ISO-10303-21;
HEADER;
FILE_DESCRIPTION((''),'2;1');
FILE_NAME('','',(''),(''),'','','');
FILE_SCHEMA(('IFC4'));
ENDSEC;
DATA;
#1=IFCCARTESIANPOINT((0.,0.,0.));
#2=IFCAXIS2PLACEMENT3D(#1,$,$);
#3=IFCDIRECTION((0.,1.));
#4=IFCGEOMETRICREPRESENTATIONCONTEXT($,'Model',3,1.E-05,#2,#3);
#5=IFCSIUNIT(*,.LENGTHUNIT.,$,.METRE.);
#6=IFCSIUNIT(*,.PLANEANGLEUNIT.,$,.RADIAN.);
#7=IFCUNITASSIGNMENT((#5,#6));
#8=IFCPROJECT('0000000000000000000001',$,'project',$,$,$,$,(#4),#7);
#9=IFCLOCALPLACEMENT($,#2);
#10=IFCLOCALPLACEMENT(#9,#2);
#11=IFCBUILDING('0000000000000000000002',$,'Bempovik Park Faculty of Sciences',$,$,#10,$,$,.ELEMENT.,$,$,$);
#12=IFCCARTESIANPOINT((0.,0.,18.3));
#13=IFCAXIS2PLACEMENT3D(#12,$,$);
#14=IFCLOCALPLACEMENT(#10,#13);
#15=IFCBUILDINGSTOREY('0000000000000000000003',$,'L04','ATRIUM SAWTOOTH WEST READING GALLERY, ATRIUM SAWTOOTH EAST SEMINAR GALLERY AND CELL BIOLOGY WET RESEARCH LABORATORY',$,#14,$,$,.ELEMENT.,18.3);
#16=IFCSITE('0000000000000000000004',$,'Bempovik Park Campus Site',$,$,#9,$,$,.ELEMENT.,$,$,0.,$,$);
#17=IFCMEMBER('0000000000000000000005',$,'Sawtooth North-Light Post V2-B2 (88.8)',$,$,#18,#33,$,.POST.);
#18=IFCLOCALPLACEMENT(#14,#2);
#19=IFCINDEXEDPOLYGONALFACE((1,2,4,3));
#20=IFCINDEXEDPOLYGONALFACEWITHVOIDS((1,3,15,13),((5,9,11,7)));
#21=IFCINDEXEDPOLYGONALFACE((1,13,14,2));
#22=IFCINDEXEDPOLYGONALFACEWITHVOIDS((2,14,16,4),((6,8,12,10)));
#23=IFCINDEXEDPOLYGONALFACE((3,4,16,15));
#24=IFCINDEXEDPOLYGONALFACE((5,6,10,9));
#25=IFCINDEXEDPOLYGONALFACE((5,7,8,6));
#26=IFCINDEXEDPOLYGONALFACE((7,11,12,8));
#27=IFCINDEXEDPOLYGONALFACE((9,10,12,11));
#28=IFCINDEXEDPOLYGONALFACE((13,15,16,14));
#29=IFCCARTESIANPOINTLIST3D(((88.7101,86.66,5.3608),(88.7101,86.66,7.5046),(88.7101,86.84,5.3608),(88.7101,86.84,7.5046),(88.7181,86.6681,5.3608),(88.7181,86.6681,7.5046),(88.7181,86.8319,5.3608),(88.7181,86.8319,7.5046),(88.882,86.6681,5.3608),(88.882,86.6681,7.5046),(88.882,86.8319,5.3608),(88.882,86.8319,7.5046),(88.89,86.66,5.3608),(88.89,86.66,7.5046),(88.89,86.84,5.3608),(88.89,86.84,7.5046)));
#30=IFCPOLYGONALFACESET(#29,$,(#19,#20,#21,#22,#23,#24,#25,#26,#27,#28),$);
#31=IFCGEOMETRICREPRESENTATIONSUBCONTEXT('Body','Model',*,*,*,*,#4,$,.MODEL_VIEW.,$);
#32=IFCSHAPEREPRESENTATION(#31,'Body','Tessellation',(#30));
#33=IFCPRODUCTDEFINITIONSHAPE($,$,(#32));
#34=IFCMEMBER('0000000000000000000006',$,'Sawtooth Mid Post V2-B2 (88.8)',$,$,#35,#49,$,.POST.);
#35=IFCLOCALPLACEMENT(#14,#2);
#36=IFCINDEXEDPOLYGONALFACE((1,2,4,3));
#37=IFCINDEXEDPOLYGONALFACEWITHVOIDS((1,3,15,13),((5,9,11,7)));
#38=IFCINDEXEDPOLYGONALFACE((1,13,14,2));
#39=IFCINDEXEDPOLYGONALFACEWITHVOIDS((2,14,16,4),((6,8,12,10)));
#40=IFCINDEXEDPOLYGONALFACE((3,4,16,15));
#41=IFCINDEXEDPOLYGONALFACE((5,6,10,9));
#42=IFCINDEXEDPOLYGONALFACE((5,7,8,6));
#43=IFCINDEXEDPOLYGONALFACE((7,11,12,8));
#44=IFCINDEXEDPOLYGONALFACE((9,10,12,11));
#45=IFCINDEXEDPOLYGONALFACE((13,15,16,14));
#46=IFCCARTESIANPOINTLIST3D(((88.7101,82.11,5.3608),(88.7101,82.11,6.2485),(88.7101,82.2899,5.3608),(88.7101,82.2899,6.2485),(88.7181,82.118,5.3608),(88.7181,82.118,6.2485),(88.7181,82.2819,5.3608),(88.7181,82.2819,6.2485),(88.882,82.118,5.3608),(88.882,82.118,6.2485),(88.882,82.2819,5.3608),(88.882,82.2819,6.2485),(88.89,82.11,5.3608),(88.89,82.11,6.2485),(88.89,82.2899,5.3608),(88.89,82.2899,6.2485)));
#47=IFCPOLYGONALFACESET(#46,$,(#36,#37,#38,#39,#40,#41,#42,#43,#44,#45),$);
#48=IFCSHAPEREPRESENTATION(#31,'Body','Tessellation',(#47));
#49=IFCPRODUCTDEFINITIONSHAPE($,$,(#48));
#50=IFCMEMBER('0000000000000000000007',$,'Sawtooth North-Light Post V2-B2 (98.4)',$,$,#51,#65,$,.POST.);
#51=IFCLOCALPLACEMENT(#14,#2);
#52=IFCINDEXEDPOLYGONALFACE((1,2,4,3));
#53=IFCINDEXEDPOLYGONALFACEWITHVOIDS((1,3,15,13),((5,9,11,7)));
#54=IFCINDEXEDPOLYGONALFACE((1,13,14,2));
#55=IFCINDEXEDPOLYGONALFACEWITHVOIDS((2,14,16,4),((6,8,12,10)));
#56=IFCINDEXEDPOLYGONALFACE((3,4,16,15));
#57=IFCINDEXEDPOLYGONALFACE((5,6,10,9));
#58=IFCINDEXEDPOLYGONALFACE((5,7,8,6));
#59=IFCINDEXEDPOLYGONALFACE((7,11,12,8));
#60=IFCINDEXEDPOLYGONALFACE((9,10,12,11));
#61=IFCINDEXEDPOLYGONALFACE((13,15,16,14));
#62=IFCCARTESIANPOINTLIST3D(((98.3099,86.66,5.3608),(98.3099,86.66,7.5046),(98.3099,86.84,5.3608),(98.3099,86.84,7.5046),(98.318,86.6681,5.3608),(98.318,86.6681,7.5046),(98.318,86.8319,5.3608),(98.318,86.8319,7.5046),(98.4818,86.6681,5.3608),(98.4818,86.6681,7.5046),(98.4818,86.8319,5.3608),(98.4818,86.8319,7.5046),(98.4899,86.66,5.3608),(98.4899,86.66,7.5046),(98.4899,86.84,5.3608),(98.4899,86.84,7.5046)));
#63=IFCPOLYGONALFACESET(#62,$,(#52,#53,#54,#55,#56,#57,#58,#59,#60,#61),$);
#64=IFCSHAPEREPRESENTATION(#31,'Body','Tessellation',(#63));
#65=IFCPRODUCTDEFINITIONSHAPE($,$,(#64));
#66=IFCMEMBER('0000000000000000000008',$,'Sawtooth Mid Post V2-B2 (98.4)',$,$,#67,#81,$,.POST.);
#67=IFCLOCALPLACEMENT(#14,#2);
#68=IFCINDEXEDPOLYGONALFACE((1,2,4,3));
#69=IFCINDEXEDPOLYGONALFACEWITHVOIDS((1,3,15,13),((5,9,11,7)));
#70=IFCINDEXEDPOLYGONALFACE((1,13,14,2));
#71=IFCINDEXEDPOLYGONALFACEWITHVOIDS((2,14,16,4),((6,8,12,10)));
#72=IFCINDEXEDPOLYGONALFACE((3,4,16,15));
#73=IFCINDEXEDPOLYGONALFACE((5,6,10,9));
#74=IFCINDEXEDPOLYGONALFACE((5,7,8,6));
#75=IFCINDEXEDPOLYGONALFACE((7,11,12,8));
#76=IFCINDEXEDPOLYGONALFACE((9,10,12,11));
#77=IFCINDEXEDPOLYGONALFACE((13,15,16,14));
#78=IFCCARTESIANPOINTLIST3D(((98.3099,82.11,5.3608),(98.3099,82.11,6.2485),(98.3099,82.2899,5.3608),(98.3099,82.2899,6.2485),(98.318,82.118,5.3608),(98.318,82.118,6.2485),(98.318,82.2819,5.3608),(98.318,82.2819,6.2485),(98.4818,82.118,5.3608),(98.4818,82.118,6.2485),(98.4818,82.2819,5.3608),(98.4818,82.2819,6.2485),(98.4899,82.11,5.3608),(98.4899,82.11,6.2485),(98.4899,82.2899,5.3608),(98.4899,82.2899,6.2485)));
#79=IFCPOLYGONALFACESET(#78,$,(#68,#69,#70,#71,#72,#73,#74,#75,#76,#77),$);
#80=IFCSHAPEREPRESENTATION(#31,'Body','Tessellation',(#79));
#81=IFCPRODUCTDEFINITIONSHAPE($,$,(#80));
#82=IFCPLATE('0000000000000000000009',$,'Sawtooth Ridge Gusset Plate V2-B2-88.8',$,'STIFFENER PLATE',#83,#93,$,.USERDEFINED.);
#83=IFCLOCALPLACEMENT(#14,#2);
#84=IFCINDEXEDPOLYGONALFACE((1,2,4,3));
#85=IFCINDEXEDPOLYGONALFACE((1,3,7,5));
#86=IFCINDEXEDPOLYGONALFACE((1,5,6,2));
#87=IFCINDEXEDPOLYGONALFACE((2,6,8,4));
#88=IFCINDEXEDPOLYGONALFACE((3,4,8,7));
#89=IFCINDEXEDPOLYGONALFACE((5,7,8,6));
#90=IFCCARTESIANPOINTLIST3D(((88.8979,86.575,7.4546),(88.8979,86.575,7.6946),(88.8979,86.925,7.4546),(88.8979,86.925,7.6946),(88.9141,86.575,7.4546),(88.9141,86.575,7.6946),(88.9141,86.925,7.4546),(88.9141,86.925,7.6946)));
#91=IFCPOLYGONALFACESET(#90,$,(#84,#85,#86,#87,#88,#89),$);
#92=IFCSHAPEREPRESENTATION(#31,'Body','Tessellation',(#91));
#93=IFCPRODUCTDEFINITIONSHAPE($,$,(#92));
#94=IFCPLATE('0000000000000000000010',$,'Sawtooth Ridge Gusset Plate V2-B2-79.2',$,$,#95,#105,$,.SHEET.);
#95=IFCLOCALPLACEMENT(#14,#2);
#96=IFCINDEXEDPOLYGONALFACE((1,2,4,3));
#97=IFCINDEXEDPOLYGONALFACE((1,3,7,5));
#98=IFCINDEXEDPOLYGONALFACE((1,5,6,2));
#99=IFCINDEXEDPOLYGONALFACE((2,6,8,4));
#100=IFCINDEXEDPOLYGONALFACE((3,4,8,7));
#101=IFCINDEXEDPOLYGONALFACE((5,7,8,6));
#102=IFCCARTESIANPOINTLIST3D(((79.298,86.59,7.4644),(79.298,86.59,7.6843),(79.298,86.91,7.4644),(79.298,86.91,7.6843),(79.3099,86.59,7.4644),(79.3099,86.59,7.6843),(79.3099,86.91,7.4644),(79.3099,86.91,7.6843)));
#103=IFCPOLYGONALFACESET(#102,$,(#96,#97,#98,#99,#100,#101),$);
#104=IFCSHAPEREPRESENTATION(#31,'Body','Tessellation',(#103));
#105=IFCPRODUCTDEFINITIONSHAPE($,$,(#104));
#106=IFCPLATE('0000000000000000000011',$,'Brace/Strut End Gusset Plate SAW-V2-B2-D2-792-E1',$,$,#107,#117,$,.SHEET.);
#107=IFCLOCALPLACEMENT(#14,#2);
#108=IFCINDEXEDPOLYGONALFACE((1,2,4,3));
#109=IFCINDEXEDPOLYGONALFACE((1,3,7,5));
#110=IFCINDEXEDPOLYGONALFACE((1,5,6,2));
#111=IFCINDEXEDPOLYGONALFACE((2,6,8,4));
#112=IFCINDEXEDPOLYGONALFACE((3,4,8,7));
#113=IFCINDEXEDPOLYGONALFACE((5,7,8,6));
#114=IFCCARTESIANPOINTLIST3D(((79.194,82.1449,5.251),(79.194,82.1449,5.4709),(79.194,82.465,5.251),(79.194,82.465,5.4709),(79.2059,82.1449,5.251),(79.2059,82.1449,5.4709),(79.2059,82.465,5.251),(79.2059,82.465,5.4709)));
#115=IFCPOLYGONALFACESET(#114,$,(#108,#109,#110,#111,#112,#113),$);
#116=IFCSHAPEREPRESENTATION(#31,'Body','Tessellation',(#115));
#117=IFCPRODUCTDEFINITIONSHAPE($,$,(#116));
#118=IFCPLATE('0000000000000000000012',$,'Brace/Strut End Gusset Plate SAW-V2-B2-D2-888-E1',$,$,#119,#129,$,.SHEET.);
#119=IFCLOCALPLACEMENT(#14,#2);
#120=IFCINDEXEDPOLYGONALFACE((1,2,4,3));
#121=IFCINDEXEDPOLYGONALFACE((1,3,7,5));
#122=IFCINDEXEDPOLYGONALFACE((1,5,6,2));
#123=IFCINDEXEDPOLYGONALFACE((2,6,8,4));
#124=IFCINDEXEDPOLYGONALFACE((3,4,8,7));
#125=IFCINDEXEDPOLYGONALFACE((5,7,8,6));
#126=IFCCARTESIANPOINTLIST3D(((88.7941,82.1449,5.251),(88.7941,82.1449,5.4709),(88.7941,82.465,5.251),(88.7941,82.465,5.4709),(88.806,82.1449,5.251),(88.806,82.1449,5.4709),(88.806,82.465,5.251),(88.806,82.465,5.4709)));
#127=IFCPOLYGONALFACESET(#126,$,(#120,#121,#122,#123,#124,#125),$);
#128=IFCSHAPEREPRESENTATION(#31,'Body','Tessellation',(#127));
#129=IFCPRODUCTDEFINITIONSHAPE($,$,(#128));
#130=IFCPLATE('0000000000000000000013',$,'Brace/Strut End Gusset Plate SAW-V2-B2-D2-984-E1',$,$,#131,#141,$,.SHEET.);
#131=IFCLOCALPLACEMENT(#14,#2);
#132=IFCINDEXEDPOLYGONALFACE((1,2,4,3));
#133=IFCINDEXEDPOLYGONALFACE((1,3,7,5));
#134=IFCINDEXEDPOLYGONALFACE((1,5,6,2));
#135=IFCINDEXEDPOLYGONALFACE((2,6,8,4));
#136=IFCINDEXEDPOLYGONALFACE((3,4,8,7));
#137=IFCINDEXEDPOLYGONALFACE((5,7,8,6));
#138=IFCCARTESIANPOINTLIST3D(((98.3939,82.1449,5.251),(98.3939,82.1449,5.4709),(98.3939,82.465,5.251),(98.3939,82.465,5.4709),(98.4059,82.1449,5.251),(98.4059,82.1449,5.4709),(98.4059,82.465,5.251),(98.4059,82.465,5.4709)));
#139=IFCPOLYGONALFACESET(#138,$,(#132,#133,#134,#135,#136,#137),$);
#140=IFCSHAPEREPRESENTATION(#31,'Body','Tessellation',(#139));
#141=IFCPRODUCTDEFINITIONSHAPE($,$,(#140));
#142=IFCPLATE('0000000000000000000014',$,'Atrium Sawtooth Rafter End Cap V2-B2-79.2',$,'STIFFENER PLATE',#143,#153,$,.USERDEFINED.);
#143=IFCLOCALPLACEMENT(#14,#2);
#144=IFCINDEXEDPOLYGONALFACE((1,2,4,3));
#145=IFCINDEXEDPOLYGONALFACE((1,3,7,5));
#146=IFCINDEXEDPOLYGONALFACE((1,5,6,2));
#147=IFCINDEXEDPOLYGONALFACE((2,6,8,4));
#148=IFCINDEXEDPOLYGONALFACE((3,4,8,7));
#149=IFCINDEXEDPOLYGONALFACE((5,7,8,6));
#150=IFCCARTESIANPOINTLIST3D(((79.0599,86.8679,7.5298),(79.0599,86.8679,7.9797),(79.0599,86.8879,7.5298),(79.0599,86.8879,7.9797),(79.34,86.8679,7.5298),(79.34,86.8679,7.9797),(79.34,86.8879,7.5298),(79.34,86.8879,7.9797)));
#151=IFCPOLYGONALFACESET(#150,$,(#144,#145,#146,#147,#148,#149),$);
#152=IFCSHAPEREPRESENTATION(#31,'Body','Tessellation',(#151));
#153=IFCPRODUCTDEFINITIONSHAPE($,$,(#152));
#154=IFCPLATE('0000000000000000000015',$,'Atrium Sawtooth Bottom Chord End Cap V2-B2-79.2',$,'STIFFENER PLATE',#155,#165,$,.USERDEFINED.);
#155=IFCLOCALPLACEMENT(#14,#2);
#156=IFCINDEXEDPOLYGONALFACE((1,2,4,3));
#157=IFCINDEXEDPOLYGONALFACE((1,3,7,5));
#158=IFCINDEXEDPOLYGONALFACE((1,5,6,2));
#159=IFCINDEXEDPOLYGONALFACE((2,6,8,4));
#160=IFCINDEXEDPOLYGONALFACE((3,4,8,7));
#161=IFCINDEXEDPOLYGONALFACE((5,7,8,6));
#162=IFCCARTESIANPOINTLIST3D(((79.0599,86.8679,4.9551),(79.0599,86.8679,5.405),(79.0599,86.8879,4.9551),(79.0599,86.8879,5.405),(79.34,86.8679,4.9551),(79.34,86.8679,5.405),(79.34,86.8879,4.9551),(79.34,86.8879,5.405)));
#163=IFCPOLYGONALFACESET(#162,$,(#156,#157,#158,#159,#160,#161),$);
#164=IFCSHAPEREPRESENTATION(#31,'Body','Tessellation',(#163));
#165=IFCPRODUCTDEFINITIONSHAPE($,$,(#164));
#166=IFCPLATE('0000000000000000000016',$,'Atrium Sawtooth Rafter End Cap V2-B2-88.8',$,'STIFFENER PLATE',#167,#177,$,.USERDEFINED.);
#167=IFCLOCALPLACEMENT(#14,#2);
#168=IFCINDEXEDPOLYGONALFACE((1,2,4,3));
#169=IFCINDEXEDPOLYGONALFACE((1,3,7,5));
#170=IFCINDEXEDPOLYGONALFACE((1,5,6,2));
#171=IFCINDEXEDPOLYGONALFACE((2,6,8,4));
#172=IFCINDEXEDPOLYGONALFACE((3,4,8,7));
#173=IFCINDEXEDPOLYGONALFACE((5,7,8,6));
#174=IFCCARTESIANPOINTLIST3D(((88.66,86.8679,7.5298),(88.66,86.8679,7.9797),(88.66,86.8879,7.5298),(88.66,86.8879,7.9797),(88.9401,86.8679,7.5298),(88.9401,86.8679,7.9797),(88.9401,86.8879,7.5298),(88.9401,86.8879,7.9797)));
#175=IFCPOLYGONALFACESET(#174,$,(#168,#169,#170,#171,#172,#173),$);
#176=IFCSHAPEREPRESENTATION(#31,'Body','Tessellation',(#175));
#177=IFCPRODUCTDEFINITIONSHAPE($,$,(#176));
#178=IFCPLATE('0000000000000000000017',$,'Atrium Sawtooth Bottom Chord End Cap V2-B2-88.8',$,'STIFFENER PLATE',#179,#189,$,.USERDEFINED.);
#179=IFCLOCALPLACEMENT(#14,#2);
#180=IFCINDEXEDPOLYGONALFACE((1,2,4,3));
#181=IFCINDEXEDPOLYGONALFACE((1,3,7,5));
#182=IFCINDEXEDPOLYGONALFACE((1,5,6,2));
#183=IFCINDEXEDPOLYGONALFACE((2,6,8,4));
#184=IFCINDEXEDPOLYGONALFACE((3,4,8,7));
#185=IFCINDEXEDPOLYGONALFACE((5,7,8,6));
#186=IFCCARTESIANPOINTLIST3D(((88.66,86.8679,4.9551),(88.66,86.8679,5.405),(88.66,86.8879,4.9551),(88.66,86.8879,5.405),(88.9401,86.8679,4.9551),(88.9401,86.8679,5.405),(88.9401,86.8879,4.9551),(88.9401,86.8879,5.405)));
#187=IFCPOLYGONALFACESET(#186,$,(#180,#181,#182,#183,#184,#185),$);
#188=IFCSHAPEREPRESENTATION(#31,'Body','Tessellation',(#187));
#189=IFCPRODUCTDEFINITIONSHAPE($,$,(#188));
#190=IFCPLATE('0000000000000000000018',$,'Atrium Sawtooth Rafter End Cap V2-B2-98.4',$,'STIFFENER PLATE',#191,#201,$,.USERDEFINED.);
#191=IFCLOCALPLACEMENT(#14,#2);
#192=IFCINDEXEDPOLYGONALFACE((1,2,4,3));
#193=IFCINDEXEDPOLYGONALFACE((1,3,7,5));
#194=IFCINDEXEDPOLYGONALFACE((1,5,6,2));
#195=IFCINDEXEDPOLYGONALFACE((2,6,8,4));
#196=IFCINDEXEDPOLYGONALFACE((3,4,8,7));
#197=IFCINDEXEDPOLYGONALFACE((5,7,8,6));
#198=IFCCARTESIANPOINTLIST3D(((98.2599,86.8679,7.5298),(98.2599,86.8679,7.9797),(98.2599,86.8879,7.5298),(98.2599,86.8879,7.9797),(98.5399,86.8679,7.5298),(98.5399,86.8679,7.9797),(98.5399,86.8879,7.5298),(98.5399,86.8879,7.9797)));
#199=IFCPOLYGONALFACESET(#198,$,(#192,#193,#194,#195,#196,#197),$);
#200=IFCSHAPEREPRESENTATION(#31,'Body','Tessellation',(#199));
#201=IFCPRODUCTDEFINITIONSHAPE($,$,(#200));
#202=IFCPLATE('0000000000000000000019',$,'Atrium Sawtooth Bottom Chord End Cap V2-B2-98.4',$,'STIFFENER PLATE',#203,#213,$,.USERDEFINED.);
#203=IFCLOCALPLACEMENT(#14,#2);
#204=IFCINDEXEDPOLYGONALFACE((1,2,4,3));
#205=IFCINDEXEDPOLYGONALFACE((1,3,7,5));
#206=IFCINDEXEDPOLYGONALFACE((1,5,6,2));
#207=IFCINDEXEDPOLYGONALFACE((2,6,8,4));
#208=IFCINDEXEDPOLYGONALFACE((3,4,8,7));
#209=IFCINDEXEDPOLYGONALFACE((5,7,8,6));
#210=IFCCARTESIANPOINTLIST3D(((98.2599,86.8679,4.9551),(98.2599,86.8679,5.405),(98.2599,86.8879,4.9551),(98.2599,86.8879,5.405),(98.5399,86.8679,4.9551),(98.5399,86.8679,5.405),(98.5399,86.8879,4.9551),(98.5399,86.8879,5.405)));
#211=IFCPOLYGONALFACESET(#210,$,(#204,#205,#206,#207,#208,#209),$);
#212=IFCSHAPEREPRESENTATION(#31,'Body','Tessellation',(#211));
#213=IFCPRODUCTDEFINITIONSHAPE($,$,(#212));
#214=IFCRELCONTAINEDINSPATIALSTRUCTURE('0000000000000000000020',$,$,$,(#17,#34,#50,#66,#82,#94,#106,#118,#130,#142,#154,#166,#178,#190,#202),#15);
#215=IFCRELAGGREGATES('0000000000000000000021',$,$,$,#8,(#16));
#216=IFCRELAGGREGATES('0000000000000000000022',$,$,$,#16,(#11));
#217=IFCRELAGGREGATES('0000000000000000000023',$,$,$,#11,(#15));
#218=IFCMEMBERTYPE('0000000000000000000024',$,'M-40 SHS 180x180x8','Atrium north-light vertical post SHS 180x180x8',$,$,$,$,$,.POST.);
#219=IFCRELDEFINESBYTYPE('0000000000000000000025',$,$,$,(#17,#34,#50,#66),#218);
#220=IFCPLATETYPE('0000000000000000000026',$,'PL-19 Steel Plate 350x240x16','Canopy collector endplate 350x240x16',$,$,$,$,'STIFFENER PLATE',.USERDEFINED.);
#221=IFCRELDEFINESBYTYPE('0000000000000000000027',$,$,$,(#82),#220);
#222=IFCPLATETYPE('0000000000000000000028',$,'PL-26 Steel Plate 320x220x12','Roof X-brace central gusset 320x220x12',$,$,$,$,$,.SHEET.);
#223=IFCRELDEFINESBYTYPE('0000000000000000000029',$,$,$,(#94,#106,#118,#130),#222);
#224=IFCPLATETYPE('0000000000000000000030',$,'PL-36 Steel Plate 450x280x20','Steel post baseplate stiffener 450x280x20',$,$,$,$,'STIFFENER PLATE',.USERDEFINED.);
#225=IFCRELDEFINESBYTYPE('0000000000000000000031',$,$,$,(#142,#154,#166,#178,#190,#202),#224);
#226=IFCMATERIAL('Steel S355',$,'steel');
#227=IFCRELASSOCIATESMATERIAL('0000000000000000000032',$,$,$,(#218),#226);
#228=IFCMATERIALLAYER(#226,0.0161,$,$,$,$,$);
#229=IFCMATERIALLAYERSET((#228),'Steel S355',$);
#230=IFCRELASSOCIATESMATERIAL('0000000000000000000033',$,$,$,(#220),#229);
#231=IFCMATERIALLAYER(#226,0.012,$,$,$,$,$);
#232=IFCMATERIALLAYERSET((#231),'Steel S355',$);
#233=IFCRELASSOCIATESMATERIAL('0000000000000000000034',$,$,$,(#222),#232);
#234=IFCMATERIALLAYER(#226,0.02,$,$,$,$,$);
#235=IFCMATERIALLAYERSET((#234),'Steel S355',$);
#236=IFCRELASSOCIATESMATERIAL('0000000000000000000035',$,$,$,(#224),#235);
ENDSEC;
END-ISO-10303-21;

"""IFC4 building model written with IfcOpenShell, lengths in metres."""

from ifc_helpers import new_model, si_unit, direction, frame, origin, origin_2d, place, context, subcontext, project, spatial, rectangle, hollow_rectangle, extrude, material, layer, layer_set, material_profile, profile_set, type_object, element, save


model = new_model("IFC4")

# Units and contexts
model_context = context("Model", 3, precision=1e-05, world=origin(), true_north=direction((0.0, 1.0)))
body_context = subcontext(model_context, "Body", "Model", "MODEL_VIEW")
ifc_project = project(units=[si_unit("LENGTHUNIT", "METRE"), si_unit("PLANEANGLEUNIT", "RADIAN")], contexts=[model_context])

# Site, building, storey
site_placement = place(None, origin())
site = spatial("IfcSite", under=ifc_project, at=site_placement, Name="Bempovik Park Campus Site", CompositionType="ELEMENT", RefElevation=0.0)
building_placement = place(site_placement, origin())
building = spatial("IfcBuilding", under=site, at=building_placement, Name="Bempovik Park Faculty of Sciences", CompositionType="ELEMENT")
storey_placement = place(building_placement, frame((0.0, 0.0, 18.3)))
storey = spatial("IfcBuildingStorey", under=building, at=storey_placement, Name="L04", Description="ATRIUM SAWTOOTH WEST READING GALLERY, ATRIUM SAWTOOTH EAST SEMINAR GALLERY AND CELL BIOLOGY WET RESEARCH LABORATORY", CompositionType="ELEMENT", Elevation=18.3)

# Members
ifc_material_1 = material(Name="Steel S355", Category="steel")
ifc_material_profile_1 = material_profile(ifc_material_1, hollow_rectangle(XDim=0.1799, YDim=0.1799, WallThickness=0.0081, at=origin_2d()), Name="SHS 180x180x8")
ifc_profile_set_1 = profile_set([ifc_material_profile_1], Name="Steel S355")
member_type_1 = type_object("IfcMemberType", Name="M-40 SHS 180x180x8", Description="Atrium north-light vertical post SHS 180x180x8", PredefinedType="POST", material=ifc_profile_set_1)
member_1_placement = place(storey_placement, frame((88.8, 86.75, 5.3608), z_axis=(0.0, 0.0, 1.0), x_axis=(1.0, 0.0, 0.0)))
element("IfcMember", 1, at=member_1_placement, inside=storey, type_object=member_type_1, Name="Sawtooth North-Light Post V2-B2 (88.8)", PredefinedType="POST", context=body_context, shape_type="SweptSolid", body=[
    extrude(hollow_rectangle(XDim=0.1799, YDim=0.1799, WallThickness=0.0081, at=origin_2d()), origin(), (0.0, 0.0, 1.0), 2.1438),
])
member_2_placement = place(storey_placement, frame((88.8, 82.2, 5.3608), z_axis=(0.0, 0.0, 1.0), x_axis=(1.0, 0.0, 0.0)))
element("IfcMember", 2, at=member_2_placement, inside=storey, type_object=member_type_1, Name="Sawtooth Mid Post V2-B2 (88.8)", PredefinedType="POST", context=body_context, shape_type="SweptSolid", body=[
    extrude(hollow_rectangle(XDim=0.1799, YDim=0.1799, WallThickness=0.0081, at=origin_2d()), origin(), (0.0, 0.0, 1.0), 0.8877),
])
member_3_placement = place(storey_placement, frame((98.3999, 86.75, 5.3608), z_axis=(0.0, 0.0, 1.0), x_axis=(1.0, 0.0, 0.0)))
element("IfcMember", 3, at=member_3_placement, inside=storey, type_object=member_type_1, Name="Sawtooth North-Light Post V2-B2 (98.4)", PredefinedType="POST", context=body_context, shape_type="SweptSolid", body=[
    extrude(hollow_rectangle(XDim=0.1799, YDim=0.1799, WallThickness=0.0081, at=origin_2d()), origin(), (0.0, 0.0, 1.0), 2.1438),
])
member_4_placement = place(storey_placement, frame((98.3999, 82.2, 5.3608), z_axis=(0.0, 0.0, 1.0), x_axis=(1.0, 0.0, 0.0)))
element("IfcMember", 4, at=member_4_placement, inside=storey, type_object=member_type_1, Name="Sawtooth Mid Post V2-B2 (98.4)", PredefinedType="POST", context=body_context, shape_type="SweptSolid", body=[
    extrude(hollow_rectangle(XDim=0.1799, YDim=0.1799, WallThickness=0.0081, at=origin_2d()), origin(), (0.0, 0.0, 1.0), 0.8877),
])

# Plates
ifc_layer_1 = layer(ifc_material_1, 0.0161)
ifc_layer_set_1 = layer_set([ifc_layer_1], Name="Steel S355")
plate_type_1 = type_object("IfcPlateType", Name="PL-19 Steel Plate 350x240x16", Description="Canopy collector endplate 350x240x16", ElementType="STIFFENER PLATE", PredefinedType="USERDEFINED", material=ifc_layer_set_1)
plate_1_placement = place(storey_placement, frame((88.906, 86.75, 7.4546), z_axis=(0.0, 0.0, 1.0), x_axis=(1.0, 0.0, 0.0)))
element("IfcPlate", 5, at=plate_1_placement, inside=storey, type_object=plate_type_1, Name="Sawtooth Ridge Gusset Plate V2-B2-88.8", ObjectType="STIFFENER PLATE", PredefinedType="USERDEFINED", context=body_context, shape_type="SweptSolid", body=[
    extrude(rectangle(XDim=0.0161, YDim=0.3501, at=origin_2d()), origin(), (0.0, 0.0, 1.0), 0.24),
])
ifc_layer_2 = layer(ifc_material_1, 0.012)
ifc_layer_set_2 = layer_set([ifc_layer_2], Name="Steel S355")
plate_type_2 = type_object("IfcPlateType", Name="PL-26 Steel Plate 320x220x12", Description="Roof X-brace central gusset 320x220x12", PredefinedType="SHEET", material=ifc_layer_set_2)
for number, where, z_axis, x_axis, name in (
    (6, (79.304, 86.75, 7.4644), (0.0, 0.0, 1.0), (1.0, 0.0, 0.0), "Sawtooth Ridge Gusset Plate V2-B2-79.2"),
    (7, (79.2, 82.3049, 5.251), (0.0, 0.0, 1.0), (1.0, 0.0, 0.0), "Brace/Strut End Gusset Plate SAW-V2-B2-D2-792-E1"),
    (8, (88.8, 82.3049, 5.251), (0.0, 0.0, 1.0), (1.0, 0.0, 0.0), "Brace/Strut End Gusset Plate SAW-V2-B2-D2-888-E1"),
    (9, (98.3999, 82.3049, 5.251), (0.0, 0.0, 1.0), (1.0, 0.0, 0.0), "Brace/Strut End Gusset Plate SAW-V2-B2-D2-984-E1"),
):
    element("IfcPlate", number, at=place(storey_placement, frame(where, z_axis=z_axis, x_axis=x_axis)), inside=storey, type_object=plate_type_2, Name=name, PredefinedType="SHEET", context=body_context, shape_type="SweptSolid", body=[
        extrude(rectangle(XDim=0.012, YDim=0.3201, at=origin_2d()), origin(), (0.0, 0.0, 1.0), 0.22),
    ])
ifc_layer_3 = layer(ifc_material_1, 0.02)
ifc_layer_set_3 = layer_set([ifc_layer_3], Name="Steel S355")
plate_type_3 = type_object("IfcPlateType", Name="PL-36 Steel Plate 450x280x20", Description="Steel post baseplate stiffener 450x280x20", ElementType="STIFFENER PLATE", PredefinedType="USERDEFINED", material=ifc_layer_set_3)
for number, where, z_axis, x_axis, name in (
    (10, (79.2, 86.8779, 7.5298), (0.0, 0.0, 1.0), (1.0, 0.0, 0.0), "Atrium Sawtooth Rafter End Cap V2-B2-79.2"),
    (11, (79.2, 86.8779, 4.9551), (0.0, 0.0, 1.0), (1.0, 0.0, 0.0), "Atrium Sawtooth Bottom Chord End Cap V2-B2-79.2"),
    (12, (88.8, 86.8779, 7.5298), (0.0, 0.0, 1.0), (1.0, 0.0, 0.0), "Atrium Sawtooth Rafter End Cap V2-B2-88.8"),
    (13, (88.8, 86.8779, 4.9551), (0.0, 0.0, 1.0), (1.0, 0.0, 0.0), "Atrium Sawtooth Bottom Chord End Cap V2-B2-88.8"),
    (14, (98.3999, 86.8779, 7.5298), (0.0, 0.0, 1.0), (1.0, 0.0, 0.0), "Atrium Sawtooth Rafter End Cap V2-B2-98.4"),
    (15, (98.3999, 86.8779, 4.9551), (0.0, 0.0, 1.0), (1.0, 0.0, 0.0), "Atrium Sawtooth Bottom Chord End Cap V2-B2-98.4"),
):
    element("IfcPlate", number, at=place(storey_placement, frame(where, z_axis=z_axis, x_axis=x_axis)), inside=storey, type_object=plate_type_3, Name=name, ObjectType="STIFFENER PLATE", PredefinedType="USERDEFINED", context=body_context, shape_type="SweptSolid", body=[
        extrude(rectangle(XDim=0.28, YDim=0.02, at=origin_2d()), origin(), (0.0, 0.0, 1.0), 0.45),
    ])

save(model, "model.ifc")
